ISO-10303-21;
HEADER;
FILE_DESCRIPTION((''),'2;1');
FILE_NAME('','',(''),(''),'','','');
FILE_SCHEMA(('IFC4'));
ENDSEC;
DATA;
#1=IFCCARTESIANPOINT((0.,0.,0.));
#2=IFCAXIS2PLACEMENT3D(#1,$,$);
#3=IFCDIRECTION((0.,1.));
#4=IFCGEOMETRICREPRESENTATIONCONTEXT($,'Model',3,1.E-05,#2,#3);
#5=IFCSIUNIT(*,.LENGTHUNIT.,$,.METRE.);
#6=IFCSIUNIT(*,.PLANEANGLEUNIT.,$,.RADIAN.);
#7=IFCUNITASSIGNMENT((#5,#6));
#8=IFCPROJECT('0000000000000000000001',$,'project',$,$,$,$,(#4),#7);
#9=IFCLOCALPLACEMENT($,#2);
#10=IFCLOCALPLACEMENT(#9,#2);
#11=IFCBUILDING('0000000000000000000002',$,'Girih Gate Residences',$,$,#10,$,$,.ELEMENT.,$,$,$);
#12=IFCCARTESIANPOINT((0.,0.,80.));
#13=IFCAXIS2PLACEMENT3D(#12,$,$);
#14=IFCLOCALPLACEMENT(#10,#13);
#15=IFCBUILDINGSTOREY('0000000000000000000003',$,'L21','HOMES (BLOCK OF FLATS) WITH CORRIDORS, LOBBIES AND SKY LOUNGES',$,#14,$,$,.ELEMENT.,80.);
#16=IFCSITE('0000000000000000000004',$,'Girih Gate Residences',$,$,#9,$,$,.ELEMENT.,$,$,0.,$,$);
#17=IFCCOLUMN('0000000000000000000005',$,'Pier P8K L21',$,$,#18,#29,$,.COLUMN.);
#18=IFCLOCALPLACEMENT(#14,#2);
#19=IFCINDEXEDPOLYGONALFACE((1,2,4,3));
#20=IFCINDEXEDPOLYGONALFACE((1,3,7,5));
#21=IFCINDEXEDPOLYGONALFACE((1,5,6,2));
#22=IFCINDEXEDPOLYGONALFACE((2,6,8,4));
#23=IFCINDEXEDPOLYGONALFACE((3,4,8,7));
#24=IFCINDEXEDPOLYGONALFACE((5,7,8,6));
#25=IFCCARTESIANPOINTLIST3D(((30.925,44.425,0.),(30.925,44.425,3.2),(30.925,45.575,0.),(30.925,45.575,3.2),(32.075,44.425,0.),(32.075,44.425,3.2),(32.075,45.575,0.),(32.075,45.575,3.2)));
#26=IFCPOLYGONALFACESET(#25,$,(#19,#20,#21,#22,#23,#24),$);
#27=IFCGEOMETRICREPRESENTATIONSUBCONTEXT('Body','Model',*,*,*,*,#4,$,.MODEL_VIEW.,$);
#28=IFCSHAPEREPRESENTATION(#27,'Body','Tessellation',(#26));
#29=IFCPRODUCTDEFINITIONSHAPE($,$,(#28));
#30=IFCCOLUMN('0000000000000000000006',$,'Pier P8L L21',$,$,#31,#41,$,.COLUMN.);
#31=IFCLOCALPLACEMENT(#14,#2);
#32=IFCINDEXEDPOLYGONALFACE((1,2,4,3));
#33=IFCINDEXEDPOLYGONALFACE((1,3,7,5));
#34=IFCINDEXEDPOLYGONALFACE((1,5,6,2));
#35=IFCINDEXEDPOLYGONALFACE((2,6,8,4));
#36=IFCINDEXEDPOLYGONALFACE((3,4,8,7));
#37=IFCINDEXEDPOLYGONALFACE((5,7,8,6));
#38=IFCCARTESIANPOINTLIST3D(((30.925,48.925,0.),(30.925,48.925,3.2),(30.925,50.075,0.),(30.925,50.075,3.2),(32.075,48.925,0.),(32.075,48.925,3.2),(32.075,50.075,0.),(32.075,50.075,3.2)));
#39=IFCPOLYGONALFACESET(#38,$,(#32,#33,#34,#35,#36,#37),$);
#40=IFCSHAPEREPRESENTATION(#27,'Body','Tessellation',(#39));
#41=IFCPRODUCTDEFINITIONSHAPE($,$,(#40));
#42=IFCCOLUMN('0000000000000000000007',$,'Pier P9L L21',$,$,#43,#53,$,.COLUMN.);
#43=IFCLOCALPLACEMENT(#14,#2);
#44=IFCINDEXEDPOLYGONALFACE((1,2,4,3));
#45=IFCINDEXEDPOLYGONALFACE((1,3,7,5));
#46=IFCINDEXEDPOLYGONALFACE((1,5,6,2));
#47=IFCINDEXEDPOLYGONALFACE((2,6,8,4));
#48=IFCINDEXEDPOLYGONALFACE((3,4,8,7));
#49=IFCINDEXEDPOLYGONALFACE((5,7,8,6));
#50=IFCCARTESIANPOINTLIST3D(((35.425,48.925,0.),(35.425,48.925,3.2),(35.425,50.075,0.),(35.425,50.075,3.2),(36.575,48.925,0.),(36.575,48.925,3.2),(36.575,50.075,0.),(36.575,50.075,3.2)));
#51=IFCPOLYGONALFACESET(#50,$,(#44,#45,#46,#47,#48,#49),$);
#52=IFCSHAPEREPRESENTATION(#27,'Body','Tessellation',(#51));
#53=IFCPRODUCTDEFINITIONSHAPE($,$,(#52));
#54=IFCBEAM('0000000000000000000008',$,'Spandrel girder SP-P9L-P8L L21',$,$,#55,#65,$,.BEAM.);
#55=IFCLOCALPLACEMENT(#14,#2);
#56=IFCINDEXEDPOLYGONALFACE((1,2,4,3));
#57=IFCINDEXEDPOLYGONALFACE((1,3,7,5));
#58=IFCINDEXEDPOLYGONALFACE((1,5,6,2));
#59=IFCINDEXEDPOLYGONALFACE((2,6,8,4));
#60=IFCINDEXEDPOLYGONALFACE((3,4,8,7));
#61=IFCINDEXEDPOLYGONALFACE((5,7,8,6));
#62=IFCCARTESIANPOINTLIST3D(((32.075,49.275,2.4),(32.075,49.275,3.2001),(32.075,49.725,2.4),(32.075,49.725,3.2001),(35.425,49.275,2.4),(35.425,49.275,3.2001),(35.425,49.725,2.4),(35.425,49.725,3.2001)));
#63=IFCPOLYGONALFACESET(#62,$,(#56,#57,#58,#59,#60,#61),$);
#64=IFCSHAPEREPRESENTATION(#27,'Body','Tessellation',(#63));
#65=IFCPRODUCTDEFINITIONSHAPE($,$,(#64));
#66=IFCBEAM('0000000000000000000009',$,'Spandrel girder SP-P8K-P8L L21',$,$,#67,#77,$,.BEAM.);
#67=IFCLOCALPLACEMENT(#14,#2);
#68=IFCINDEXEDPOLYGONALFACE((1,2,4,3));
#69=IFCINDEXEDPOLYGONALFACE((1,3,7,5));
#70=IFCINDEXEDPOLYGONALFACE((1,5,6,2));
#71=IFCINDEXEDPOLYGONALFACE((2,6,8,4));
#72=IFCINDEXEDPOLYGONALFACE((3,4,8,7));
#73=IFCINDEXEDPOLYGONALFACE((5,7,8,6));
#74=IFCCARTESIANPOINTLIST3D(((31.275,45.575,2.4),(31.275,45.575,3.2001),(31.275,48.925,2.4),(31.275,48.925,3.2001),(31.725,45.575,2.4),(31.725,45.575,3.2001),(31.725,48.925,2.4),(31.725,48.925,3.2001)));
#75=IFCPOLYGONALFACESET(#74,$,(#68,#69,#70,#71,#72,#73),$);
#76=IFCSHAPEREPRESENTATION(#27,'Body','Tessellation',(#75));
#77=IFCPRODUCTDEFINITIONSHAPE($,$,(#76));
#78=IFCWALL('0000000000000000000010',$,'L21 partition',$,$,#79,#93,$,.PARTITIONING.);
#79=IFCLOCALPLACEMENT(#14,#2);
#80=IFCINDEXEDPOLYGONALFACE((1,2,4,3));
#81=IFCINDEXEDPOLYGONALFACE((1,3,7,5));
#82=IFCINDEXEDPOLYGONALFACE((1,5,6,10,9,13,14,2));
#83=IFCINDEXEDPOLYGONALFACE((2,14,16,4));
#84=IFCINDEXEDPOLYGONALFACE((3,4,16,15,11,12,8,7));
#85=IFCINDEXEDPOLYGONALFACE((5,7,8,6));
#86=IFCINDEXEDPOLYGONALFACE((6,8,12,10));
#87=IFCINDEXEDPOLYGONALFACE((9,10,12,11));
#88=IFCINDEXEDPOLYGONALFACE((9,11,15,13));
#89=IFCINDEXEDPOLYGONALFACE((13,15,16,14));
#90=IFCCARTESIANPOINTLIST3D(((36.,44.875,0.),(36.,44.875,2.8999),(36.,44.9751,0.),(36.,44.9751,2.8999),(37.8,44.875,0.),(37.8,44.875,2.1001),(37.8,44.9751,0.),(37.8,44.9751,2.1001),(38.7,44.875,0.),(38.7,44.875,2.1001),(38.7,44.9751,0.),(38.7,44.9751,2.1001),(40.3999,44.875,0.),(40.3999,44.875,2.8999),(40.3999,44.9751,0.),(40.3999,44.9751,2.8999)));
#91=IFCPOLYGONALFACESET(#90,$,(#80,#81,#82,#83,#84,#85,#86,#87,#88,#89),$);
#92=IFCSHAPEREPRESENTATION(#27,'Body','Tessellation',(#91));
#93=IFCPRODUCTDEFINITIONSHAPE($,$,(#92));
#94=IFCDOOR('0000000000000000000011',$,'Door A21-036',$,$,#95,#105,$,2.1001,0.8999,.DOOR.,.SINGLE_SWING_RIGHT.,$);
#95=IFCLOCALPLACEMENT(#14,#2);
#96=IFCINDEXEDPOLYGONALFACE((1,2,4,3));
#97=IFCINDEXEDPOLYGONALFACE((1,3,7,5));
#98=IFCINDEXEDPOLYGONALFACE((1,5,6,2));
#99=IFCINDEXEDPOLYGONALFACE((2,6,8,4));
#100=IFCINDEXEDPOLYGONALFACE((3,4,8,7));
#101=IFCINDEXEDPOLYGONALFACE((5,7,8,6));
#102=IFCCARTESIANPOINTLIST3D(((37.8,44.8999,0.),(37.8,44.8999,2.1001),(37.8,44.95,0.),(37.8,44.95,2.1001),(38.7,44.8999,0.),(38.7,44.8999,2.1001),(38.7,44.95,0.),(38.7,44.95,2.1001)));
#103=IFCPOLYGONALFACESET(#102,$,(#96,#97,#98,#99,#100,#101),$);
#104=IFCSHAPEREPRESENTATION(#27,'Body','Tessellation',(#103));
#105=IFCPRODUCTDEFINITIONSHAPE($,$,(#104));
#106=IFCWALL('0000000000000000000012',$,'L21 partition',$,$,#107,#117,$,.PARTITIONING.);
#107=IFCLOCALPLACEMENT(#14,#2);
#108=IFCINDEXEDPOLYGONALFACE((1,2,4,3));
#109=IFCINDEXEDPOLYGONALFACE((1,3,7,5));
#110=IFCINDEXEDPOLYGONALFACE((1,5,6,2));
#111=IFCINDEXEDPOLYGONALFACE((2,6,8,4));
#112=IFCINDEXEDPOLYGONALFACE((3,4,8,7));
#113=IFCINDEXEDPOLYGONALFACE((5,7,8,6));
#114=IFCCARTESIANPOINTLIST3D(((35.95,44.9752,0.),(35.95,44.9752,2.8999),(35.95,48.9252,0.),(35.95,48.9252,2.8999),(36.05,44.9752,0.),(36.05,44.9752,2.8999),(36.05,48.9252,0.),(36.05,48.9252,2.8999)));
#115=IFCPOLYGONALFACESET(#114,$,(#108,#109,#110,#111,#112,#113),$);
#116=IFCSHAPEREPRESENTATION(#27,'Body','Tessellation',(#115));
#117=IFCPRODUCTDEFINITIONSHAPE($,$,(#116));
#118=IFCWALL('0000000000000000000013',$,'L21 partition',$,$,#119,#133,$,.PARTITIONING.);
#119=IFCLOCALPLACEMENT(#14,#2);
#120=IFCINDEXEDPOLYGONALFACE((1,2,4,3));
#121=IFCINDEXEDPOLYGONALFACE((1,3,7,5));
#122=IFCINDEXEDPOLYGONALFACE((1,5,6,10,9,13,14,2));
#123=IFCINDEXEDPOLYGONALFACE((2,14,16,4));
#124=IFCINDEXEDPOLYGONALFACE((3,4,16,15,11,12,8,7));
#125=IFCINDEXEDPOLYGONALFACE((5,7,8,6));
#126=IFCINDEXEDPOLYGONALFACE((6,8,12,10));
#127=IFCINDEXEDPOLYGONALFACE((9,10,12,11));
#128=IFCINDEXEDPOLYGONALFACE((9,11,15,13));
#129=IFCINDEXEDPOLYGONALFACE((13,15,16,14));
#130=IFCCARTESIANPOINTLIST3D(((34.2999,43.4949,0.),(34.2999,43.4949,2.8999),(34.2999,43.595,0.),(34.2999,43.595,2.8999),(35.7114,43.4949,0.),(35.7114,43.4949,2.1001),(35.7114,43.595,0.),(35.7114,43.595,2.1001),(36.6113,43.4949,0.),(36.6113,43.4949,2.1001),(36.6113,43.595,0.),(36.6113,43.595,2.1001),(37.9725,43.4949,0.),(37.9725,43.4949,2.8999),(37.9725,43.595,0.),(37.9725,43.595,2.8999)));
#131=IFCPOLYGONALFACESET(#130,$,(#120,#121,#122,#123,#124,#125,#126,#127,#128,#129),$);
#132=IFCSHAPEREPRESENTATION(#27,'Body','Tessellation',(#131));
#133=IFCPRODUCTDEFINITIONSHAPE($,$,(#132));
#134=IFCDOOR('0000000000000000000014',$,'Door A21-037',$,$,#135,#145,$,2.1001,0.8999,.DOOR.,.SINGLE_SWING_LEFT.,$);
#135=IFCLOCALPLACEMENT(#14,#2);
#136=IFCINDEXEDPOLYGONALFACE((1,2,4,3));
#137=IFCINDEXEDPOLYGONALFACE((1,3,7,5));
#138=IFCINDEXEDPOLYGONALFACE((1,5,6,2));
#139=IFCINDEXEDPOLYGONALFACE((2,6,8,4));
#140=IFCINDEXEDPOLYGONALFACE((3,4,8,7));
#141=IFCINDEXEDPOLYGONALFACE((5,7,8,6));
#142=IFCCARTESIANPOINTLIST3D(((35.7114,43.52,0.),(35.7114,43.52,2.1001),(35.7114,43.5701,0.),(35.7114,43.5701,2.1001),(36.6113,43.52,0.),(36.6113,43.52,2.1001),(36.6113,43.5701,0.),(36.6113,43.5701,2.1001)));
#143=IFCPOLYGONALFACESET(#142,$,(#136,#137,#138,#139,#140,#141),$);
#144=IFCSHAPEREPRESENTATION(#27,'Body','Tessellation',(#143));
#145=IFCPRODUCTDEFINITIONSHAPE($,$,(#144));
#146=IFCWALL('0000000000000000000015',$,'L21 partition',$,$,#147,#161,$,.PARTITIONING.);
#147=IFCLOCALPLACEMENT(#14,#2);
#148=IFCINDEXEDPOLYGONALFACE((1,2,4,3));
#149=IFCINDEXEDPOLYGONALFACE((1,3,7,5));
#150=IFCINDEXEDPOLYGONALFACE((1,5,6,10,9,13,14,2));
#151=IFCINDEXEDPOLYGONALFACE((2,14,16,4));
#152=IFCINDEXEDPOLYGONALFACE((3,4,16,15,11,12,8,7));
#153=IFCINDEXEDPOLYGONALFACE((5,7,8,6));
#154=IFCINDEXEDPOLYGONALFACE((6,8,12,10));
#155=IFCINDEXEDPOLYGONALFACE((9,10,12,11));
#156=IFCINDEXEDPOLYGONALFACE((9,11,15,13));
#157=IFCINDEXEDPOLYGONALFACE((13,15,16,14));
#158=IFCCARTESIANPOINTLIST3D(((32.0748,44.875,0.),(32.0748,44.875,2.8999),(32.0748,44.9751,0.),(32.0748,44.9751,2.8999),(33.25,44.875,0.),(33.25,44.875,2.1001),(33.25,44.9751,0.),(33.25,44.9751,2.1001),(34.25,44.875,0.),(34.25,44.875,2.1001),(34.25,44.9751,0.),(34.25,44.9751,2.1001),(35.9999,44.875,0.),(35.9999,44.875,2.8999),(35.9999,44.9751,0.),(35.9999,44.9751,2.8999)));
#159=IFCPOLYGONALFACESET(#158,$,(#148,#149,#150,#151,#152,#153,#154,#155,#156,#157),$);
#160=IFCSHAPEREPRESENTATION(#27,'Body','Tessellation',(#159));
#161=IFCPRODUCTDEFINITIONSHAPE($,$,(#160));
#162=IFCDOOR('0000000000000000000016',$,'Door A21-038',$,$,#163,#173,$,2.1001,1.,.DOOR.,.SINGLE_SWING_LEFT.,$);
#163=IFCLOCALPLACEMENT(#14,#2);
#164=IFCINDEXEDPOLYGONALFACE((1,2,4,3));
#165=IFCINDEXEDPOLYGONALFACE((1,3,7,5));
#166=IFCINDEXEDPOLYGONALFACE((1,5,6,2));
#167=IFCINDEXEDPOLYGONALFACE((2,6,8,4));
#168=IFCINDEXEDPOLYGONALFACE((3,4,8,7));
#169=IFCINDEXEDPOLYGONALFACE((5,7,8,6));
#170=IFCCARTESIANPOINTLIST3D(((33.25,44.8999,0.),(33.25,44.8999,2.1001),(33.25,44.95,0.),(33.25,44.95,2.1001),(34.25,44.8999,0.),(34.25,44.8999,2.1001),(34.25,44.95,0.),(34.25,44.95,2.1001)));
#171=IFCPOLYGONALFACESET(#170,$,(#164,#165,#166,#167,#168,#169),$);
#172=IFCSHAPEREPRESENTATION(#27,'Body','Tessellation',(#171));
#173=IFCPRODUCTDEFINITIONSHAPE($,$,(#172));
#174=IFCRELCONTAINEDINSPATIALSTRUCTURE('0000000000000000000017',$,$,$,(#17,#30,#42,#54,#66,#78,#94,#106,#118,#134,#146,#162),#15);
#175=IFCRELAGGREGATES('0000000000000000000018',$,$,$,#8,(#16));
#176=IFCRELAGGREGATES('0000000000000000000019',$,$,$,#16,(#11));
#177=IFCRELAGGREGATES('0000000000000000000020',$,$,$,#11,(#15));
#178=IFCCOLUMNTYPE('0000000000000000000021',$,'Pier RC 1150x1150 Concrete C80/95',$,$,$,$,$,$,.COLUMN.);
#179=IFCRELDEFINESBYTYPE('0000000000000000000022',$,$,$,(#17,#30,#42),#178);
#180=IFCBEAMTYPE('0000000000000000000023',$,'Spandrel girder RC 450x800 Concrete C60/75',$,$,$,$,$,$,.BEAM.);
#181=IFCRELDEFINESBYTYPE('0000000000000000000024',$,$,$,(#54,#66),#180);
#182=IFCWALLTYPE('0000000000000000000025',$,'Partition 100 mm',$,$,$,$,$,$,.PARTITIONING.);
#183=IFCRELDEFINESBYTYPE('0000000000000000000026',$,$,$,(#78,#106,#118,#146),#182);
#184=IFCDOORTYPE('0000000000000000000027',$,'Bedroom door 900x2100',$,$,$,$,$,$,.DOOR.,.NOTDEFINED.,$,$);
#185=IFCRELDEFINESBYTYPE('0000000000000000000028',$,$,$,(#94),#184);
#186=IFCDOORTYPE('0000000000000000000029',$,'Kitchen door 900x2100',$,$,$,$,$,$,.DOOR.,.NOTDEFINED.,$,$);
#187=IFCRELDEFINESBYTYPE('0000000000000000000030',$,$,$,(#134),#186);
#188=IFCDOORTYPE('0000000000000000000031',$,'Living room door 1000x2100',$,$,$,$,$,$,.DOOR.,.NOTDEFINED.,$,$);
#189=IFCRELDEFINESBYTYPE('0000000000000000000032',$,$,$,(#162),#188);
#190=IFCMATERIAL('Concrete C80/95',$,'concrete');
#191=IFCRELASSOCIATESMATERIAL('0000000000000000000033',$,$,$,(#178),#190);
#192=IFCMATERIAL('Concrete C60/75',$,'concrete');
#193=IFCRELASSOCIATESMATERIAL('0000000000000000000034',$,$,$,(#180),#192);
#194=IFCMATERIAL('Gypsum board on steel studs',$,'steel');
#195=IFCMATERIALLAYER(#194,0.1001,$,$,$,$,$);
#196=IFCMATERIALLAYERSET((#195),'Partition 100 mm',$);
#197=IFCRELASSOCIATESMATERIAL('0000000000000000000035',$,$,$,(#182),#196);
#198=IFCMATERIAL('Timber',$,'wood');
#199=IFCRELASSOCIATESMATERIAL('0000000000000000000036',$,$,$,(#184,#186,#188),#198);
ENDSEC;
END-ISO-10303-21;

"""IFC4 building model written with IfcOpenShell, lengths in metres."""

from ifc_helpers import new_model, si_unit, direction, frame, frame_2d, origin, origin_2d, place, context, subcontext, project, spatial, rectangle, extrude, material, layer, layer_set, material_profile, profile_set, type_object, element, fill, save


model = new_model("IFC4")

# Units and contexts
model_context = context("Model", 3, precision=1e-05, world=origin(), true_north=direction((0.0, 1.0)))
body_context = subcontext(model_context, "Body", "Model", "MODEL_VIEW")
ifc_project = project(units=[si_unit("LENGTHUNIT", "METRE"), si_unit("PLANEANGLEUNIT", "RADIAN")], contexts=[model_context])

# Site, building, storey
site_placement = place(None, origin())
site = spatial("IfcSite", under=ifc_project, at=site_placement, Name="Girih Gate Residences", CompositionType="ELEMENT", RefElevation=0.0)
building_placement = place(site_placement, origin())
building = spatial("IfcBuilding", under=site, at=building_placement, Name="Girih Gate Residences", CompositionType="ELEMENT")
storey_placement = place(building_placement, frame((0.0, 0.0, 80.0)))
storey = spatial("IfcBuildingStorey", under=building, at=storey_placement, Name="L21", Description="HOMES (BLOCK OF FLATS) WITH CORRIDORS, LOBBIES AND SKY LOUNGES", CompositionType="ELEMENT", Elevation=80.0)

# Columns
ifc_material_1 = material(Name="Concrete C80/95", Category="concrete")
ifc_material_profile_1 = material_profile(ifc_material_1, rectangle(XDim=1.1499, YDim=1.1499, at=origin_2d()))
ifc_profile_set_1 = profile_set([ifc_material_profile_1], Name="Concrete C80/95")
column_type = type_object("IfcColumnType", Name="Pier RC 1150x1150 Concrete C80/95", PredefinedType="COLUMN", material=ifc_profile_set_1)
for number, where, z_axis, x_axis, name in (
    (1, (31.5, 45.0, 0.0), (0.0, 0.0, 1.0), (1.0, 0.0, 0.0), "Pier P8K L21"),
    (2, (31.5, 49.5, 0.0), (0.0, 0.0, 1.0), (1.0, 0.0, 0.0), "Pier P8L L21"),
    (3, (36.0, 49.5, 0.0), (0.0, 0.0, 1.0), (1.0, 0.0, 0.0), "Pier P9L L21"),
):
    element("IfcColumn", number, at=place(storey_placement, frame(where, z_axis=z_axis, x_axis=x_axis)), inside=storey, type_object=column_type, Name=name, PredefinedType="COLUMN", context=body_context, shape_type="SweptSolid", body=[
        extrude(rectangle(XDim=1.1499, YDim=1.1499, at=origin_2d()), origin(), (0.0, 0.0, 1.0), 3.2),
    ])

# Beams
ifc_material_2 = material(Name="Concrete C60/75", Category="concrete")
ifc_material_profile_2 = material_profile(ifc_material_2, rectangle(XDim=0.45, YDim=0.8, at=origin_2d()))
ifc_profile_set_2 = profile_set([ifc_material_profile_2], Name="Concrete C60/75")
beam_type = type_object("IfcBeamType", Name="Spandrel girder RC 450x800 Concrete C60/75", PredefinedType="BEAM", material=ifc_profile_set_2)
for number, where, z_axis, x_axis, name in (
    (4, (35.425, 49.5, 2.8), (-1.0, 0.0, 0.0), (0.0, -1.0, 0.0), "Spandrel girder SP-P9L-P8L L21"),
    (5, (31.5, 45.575, 2.8), (0.0, 1.0, 0.0), (-1.0, 0.0, 0.0), "Spandrel girder SP-P8K-P8L L21"),
):
    element("IfcBeam", number, at=place(storey_placement, frame(where, z_axis=z_axis, x_axis=x_axis)), inside=storey, type_object=beam_type, Name=name, PredefinedType="BEAM", context=body_context, shape_type="SweptSolid", body=[
        extrude(rectangle(XDim=0.45, YDim=0.8, at=origin_2d()), origin(), (0.0, 0.0, 1.0), 3.3501),
    ])

# Wall, opening, door
ifc_material_3 = material(Name="Gypsum board on steel studs", Category="steel")
ifc_layer_1 = layer(ifc_material_3, 0.1001)
ifc_layer_set_1 = layer_set([ifc_layer_1], Name="Partition 100 mm")
wall_type_1 = type_object("IfcWallType", Name="Partition 100 mm", PredefinedType="PARTITIONING", material=ifc_layer_set_1)
wall_1_placement = place(storey_placement, frame((36.0, 44.925, 0.0), z_axis=(0.0, 0.0, 1.0), x_axis=(1.0, 0.0, 0.0)))
wall_1 = element("IfcWall", 6, at=wall_1_placement, inside=storey, type_object=wall_type_1, Name="L21 partition", PredefinedType="PARTITIONING", context=body_context, shape_type="SweptSolid", body=[
    extrude(rectangle(XDim=4.3999, YDim=0.1001, at=frame_2d((2.2, 0.0))), origin(), (0.0, 0.0, 1.0), 2.8999),
])
opening_1_placement = place(wall_1_placement, frame((1.8, 0.0, 0.0)))
opening_1 = element("IfcOpeningElement", 7, at=opening_1_placement, cuts=wall_1, PredefinedType="OPENING", context=body_context, shape_type="SweptSolid", body=[
    extrude(rectangle(XDim=0.8999, YDim=2.1001, at=frame_2d((0.45, 1.05))), frame((0.0, 0.0601, 0.0), z_axis=(0.0, -1.0, 0.0), x_axis=(1.0, 0.0, 0.0)), (0.0, 0.0, 1.0), 0.1201),
])
ifc_material_4 = material(Name="Timber", Category="wood")
door_type_1 = type_object("IfcDoorType", Name="Bedroom door 900x2100", OperationType="NOTDEFINED", PredefinedType="DOOR", material=ifc_material_4)
door_1_placement = place(opening_1_placement, origin())
door_1 = element("IfcDoor", 8, at=door_1_placement, inside=storey, type_object=door_type_1, Name="Door A21-036", OperationType="SINGLE_SWING_RIGHT", OverallHeight=2.1001, OverallWidth=0.8999, PredefinedType="DOOR", context=body_context, shape_type="SweptSolid", body=[
    extrude(rectangle(XDim=0.8999, YDim=2.1001, at=frame_2d((0.45, 1.05))), frame((0.0, 0.0249, 0.0), z_axis=(0.0, -1.0, 0.0), x_axis=(1.0, 0.0, 0.0)), (0.0, 0.0, 1.0), 0.05),
])
fill(opening_1, door_1)

# Wall
wall_2_placement = place(storey_placement, frame((36.0, 44.9751, 0.0), z_axis=(0.0, 0.0, 1.0), x_axis=(0.0, 1.0, 0.0)))
element("IfcWall", 9, at=wall_2_placement, inside=storey, type_object=wall_type_1, Name="L21 partition", PredefinedType="PARTITIONING", context=body_context, shape_type="SweptSolid", body=[
    extrude(rectangle(XDim=3.95, YDim=0.1001, at=frame_2d((1.9751, 0.0))), origin(), (0.0, 0.0, 1.0), 2.8999),
])

# Walls, openings, doors
wall_3_placement = place(storey_placement, frame((37.9727, 43.5449, 0.0), z_axis=(0.0, 0.0, 1.0), x_axis=(-1.0, 0.0, 0.0)))
wall_3 = element("IfcWall", 10, at=wall_3_placement, inside=storey, type_object=wall_type_1, Name="L21 partition", PredefinedType="PARTITIONING", context=body_context, shape_type="SweptSolid", body=[
    extrude(rectangle(XDim=3.6726, YDim=0.1001, at=frame_2d((1.8364, 0.0))), origin(), (0.0, 0.0, 1.0), 2.8999),
])
opening_2_placement = place(wall_3_placement, frame((1.3613, 0.0, 0.0)))
opening_2 = element("IfcOpeningElement", 11, at=opening_2_placement, cuts=wall_3, PredefinedType="OPENING", context=body_context, shape_type="SweptSolid", body=[
    extrude(rectangle(XDim=0.8999, YDim=2.1001, at=frame_2d((0.45, 1.05))), frame((0.0, 0.0601, 0.0), z_axis=(0.0, -1.0, 0.0), x_axis=(1.0, 0.0, 0.0)), (0.0, 0.0, 1.0), 0.1201),
])
door_type_2 = type_object("IfcDoorType", Name="Kitchen door 900x2100", OperationType="NOTDEFINED", PredefinedType="DOOR", material=ifc_material_4)
door_2_placement = place(opening_2_placement, origin())
door_2 = element("IfcDoor", 12, at=door_2_placement, inside=storey, type_object=door_type_2, Name="Door A21-037", OperationType="SINGLE_SWING_LEFT", OverallHeight=2.1001, OverallWidth=0.8999, PredefinedType="DOOR", context=body_context, shape_type="SweptSolid", body=[
    extrude(rectangle(XDim=0.8999, YDim=2.1001, at=frame_2d((0.45, 1.05))), frame((0.0, 0.0249, 0.0), z_axis=(0.0, -1.0, 0.0), x_axis=(1.0, 0.0, 0.0)), (0.0, 0.0, 1.0), 0.05),
])
fill(opening_2, door_2)
wall_4_placement = place(storey_placement, frame((32.075, 44.925, 0.0), z_axis=(0.0, 0.0, 1.0), x_axis=(1.0, 0.0, 0.0)))
wall_4 = element("IfcWall", 13, at=wall_4_placement, inside=storey, type_object=wall_type_1, Name="L21 partition", PredefinedType="PARTITIONING", context=body_context, shape_type="SweptSolid", body=[
    extrude(rectangle(XDim=3.925, YDim=0.1001, at=frame_2d((1.9624, 0.0))), origin(), (0.0, 0.0, 1.0), 2.8999),
])
opening_3_placement = place(wall_4_placement, frame((1.175, 0.0, 0.0)))
opening_3 = element("IfcOpeningElement", 14, at=opening_3_placement, cuts=wall_4, PredefinedType="OPENING", context=body_context, shape_type="SweptSolid", body=[
    extrude(rectangle(XDim=1.0, YDim=2.1001, at=frame_2d((0.5, 1.05))), frame((0.0, 0.0601, 0.0), z_axis=(0.0, -1.0, 0.0), x_axis=(1.0, 0.0, 0.0)), (0.0, 0.0, 1.0), 0.1201),
])
door_type_3 = type_object("IfcDoorType", Name="Living room door 1000x2100", OperationType="NOTDEFINED", PredefinedType="DOOR", material=ifc_material_4)
door_3_placement = place(opening_3_placement, origin())
door_3 = element("IfcDoor", 15, at=door_3_placement, inside=storey, type_object=door_type_3, Name="Door A21-038", OperationType="SINGLE_SWING_LEFT", OverallHeight=2.1001, OverallWidth=1.0, PredefinedType="DOOR", context=body_context, shape_type="SweptSolid", body=[
    extrude(rectangle(XDim=1.0, YDim=2.1001, at=frame_2d((0.5, 1.05))), frame((0.0, 0.0249, 0.0), z_axis=(0.0, -1.0, 0.0), x_axis=(1.0, 0.0, 0.0)), (0.0, 0.0, 1.0), 0.05),
])
fill(opening_3, door_3)

save(model, "model.ifc")
